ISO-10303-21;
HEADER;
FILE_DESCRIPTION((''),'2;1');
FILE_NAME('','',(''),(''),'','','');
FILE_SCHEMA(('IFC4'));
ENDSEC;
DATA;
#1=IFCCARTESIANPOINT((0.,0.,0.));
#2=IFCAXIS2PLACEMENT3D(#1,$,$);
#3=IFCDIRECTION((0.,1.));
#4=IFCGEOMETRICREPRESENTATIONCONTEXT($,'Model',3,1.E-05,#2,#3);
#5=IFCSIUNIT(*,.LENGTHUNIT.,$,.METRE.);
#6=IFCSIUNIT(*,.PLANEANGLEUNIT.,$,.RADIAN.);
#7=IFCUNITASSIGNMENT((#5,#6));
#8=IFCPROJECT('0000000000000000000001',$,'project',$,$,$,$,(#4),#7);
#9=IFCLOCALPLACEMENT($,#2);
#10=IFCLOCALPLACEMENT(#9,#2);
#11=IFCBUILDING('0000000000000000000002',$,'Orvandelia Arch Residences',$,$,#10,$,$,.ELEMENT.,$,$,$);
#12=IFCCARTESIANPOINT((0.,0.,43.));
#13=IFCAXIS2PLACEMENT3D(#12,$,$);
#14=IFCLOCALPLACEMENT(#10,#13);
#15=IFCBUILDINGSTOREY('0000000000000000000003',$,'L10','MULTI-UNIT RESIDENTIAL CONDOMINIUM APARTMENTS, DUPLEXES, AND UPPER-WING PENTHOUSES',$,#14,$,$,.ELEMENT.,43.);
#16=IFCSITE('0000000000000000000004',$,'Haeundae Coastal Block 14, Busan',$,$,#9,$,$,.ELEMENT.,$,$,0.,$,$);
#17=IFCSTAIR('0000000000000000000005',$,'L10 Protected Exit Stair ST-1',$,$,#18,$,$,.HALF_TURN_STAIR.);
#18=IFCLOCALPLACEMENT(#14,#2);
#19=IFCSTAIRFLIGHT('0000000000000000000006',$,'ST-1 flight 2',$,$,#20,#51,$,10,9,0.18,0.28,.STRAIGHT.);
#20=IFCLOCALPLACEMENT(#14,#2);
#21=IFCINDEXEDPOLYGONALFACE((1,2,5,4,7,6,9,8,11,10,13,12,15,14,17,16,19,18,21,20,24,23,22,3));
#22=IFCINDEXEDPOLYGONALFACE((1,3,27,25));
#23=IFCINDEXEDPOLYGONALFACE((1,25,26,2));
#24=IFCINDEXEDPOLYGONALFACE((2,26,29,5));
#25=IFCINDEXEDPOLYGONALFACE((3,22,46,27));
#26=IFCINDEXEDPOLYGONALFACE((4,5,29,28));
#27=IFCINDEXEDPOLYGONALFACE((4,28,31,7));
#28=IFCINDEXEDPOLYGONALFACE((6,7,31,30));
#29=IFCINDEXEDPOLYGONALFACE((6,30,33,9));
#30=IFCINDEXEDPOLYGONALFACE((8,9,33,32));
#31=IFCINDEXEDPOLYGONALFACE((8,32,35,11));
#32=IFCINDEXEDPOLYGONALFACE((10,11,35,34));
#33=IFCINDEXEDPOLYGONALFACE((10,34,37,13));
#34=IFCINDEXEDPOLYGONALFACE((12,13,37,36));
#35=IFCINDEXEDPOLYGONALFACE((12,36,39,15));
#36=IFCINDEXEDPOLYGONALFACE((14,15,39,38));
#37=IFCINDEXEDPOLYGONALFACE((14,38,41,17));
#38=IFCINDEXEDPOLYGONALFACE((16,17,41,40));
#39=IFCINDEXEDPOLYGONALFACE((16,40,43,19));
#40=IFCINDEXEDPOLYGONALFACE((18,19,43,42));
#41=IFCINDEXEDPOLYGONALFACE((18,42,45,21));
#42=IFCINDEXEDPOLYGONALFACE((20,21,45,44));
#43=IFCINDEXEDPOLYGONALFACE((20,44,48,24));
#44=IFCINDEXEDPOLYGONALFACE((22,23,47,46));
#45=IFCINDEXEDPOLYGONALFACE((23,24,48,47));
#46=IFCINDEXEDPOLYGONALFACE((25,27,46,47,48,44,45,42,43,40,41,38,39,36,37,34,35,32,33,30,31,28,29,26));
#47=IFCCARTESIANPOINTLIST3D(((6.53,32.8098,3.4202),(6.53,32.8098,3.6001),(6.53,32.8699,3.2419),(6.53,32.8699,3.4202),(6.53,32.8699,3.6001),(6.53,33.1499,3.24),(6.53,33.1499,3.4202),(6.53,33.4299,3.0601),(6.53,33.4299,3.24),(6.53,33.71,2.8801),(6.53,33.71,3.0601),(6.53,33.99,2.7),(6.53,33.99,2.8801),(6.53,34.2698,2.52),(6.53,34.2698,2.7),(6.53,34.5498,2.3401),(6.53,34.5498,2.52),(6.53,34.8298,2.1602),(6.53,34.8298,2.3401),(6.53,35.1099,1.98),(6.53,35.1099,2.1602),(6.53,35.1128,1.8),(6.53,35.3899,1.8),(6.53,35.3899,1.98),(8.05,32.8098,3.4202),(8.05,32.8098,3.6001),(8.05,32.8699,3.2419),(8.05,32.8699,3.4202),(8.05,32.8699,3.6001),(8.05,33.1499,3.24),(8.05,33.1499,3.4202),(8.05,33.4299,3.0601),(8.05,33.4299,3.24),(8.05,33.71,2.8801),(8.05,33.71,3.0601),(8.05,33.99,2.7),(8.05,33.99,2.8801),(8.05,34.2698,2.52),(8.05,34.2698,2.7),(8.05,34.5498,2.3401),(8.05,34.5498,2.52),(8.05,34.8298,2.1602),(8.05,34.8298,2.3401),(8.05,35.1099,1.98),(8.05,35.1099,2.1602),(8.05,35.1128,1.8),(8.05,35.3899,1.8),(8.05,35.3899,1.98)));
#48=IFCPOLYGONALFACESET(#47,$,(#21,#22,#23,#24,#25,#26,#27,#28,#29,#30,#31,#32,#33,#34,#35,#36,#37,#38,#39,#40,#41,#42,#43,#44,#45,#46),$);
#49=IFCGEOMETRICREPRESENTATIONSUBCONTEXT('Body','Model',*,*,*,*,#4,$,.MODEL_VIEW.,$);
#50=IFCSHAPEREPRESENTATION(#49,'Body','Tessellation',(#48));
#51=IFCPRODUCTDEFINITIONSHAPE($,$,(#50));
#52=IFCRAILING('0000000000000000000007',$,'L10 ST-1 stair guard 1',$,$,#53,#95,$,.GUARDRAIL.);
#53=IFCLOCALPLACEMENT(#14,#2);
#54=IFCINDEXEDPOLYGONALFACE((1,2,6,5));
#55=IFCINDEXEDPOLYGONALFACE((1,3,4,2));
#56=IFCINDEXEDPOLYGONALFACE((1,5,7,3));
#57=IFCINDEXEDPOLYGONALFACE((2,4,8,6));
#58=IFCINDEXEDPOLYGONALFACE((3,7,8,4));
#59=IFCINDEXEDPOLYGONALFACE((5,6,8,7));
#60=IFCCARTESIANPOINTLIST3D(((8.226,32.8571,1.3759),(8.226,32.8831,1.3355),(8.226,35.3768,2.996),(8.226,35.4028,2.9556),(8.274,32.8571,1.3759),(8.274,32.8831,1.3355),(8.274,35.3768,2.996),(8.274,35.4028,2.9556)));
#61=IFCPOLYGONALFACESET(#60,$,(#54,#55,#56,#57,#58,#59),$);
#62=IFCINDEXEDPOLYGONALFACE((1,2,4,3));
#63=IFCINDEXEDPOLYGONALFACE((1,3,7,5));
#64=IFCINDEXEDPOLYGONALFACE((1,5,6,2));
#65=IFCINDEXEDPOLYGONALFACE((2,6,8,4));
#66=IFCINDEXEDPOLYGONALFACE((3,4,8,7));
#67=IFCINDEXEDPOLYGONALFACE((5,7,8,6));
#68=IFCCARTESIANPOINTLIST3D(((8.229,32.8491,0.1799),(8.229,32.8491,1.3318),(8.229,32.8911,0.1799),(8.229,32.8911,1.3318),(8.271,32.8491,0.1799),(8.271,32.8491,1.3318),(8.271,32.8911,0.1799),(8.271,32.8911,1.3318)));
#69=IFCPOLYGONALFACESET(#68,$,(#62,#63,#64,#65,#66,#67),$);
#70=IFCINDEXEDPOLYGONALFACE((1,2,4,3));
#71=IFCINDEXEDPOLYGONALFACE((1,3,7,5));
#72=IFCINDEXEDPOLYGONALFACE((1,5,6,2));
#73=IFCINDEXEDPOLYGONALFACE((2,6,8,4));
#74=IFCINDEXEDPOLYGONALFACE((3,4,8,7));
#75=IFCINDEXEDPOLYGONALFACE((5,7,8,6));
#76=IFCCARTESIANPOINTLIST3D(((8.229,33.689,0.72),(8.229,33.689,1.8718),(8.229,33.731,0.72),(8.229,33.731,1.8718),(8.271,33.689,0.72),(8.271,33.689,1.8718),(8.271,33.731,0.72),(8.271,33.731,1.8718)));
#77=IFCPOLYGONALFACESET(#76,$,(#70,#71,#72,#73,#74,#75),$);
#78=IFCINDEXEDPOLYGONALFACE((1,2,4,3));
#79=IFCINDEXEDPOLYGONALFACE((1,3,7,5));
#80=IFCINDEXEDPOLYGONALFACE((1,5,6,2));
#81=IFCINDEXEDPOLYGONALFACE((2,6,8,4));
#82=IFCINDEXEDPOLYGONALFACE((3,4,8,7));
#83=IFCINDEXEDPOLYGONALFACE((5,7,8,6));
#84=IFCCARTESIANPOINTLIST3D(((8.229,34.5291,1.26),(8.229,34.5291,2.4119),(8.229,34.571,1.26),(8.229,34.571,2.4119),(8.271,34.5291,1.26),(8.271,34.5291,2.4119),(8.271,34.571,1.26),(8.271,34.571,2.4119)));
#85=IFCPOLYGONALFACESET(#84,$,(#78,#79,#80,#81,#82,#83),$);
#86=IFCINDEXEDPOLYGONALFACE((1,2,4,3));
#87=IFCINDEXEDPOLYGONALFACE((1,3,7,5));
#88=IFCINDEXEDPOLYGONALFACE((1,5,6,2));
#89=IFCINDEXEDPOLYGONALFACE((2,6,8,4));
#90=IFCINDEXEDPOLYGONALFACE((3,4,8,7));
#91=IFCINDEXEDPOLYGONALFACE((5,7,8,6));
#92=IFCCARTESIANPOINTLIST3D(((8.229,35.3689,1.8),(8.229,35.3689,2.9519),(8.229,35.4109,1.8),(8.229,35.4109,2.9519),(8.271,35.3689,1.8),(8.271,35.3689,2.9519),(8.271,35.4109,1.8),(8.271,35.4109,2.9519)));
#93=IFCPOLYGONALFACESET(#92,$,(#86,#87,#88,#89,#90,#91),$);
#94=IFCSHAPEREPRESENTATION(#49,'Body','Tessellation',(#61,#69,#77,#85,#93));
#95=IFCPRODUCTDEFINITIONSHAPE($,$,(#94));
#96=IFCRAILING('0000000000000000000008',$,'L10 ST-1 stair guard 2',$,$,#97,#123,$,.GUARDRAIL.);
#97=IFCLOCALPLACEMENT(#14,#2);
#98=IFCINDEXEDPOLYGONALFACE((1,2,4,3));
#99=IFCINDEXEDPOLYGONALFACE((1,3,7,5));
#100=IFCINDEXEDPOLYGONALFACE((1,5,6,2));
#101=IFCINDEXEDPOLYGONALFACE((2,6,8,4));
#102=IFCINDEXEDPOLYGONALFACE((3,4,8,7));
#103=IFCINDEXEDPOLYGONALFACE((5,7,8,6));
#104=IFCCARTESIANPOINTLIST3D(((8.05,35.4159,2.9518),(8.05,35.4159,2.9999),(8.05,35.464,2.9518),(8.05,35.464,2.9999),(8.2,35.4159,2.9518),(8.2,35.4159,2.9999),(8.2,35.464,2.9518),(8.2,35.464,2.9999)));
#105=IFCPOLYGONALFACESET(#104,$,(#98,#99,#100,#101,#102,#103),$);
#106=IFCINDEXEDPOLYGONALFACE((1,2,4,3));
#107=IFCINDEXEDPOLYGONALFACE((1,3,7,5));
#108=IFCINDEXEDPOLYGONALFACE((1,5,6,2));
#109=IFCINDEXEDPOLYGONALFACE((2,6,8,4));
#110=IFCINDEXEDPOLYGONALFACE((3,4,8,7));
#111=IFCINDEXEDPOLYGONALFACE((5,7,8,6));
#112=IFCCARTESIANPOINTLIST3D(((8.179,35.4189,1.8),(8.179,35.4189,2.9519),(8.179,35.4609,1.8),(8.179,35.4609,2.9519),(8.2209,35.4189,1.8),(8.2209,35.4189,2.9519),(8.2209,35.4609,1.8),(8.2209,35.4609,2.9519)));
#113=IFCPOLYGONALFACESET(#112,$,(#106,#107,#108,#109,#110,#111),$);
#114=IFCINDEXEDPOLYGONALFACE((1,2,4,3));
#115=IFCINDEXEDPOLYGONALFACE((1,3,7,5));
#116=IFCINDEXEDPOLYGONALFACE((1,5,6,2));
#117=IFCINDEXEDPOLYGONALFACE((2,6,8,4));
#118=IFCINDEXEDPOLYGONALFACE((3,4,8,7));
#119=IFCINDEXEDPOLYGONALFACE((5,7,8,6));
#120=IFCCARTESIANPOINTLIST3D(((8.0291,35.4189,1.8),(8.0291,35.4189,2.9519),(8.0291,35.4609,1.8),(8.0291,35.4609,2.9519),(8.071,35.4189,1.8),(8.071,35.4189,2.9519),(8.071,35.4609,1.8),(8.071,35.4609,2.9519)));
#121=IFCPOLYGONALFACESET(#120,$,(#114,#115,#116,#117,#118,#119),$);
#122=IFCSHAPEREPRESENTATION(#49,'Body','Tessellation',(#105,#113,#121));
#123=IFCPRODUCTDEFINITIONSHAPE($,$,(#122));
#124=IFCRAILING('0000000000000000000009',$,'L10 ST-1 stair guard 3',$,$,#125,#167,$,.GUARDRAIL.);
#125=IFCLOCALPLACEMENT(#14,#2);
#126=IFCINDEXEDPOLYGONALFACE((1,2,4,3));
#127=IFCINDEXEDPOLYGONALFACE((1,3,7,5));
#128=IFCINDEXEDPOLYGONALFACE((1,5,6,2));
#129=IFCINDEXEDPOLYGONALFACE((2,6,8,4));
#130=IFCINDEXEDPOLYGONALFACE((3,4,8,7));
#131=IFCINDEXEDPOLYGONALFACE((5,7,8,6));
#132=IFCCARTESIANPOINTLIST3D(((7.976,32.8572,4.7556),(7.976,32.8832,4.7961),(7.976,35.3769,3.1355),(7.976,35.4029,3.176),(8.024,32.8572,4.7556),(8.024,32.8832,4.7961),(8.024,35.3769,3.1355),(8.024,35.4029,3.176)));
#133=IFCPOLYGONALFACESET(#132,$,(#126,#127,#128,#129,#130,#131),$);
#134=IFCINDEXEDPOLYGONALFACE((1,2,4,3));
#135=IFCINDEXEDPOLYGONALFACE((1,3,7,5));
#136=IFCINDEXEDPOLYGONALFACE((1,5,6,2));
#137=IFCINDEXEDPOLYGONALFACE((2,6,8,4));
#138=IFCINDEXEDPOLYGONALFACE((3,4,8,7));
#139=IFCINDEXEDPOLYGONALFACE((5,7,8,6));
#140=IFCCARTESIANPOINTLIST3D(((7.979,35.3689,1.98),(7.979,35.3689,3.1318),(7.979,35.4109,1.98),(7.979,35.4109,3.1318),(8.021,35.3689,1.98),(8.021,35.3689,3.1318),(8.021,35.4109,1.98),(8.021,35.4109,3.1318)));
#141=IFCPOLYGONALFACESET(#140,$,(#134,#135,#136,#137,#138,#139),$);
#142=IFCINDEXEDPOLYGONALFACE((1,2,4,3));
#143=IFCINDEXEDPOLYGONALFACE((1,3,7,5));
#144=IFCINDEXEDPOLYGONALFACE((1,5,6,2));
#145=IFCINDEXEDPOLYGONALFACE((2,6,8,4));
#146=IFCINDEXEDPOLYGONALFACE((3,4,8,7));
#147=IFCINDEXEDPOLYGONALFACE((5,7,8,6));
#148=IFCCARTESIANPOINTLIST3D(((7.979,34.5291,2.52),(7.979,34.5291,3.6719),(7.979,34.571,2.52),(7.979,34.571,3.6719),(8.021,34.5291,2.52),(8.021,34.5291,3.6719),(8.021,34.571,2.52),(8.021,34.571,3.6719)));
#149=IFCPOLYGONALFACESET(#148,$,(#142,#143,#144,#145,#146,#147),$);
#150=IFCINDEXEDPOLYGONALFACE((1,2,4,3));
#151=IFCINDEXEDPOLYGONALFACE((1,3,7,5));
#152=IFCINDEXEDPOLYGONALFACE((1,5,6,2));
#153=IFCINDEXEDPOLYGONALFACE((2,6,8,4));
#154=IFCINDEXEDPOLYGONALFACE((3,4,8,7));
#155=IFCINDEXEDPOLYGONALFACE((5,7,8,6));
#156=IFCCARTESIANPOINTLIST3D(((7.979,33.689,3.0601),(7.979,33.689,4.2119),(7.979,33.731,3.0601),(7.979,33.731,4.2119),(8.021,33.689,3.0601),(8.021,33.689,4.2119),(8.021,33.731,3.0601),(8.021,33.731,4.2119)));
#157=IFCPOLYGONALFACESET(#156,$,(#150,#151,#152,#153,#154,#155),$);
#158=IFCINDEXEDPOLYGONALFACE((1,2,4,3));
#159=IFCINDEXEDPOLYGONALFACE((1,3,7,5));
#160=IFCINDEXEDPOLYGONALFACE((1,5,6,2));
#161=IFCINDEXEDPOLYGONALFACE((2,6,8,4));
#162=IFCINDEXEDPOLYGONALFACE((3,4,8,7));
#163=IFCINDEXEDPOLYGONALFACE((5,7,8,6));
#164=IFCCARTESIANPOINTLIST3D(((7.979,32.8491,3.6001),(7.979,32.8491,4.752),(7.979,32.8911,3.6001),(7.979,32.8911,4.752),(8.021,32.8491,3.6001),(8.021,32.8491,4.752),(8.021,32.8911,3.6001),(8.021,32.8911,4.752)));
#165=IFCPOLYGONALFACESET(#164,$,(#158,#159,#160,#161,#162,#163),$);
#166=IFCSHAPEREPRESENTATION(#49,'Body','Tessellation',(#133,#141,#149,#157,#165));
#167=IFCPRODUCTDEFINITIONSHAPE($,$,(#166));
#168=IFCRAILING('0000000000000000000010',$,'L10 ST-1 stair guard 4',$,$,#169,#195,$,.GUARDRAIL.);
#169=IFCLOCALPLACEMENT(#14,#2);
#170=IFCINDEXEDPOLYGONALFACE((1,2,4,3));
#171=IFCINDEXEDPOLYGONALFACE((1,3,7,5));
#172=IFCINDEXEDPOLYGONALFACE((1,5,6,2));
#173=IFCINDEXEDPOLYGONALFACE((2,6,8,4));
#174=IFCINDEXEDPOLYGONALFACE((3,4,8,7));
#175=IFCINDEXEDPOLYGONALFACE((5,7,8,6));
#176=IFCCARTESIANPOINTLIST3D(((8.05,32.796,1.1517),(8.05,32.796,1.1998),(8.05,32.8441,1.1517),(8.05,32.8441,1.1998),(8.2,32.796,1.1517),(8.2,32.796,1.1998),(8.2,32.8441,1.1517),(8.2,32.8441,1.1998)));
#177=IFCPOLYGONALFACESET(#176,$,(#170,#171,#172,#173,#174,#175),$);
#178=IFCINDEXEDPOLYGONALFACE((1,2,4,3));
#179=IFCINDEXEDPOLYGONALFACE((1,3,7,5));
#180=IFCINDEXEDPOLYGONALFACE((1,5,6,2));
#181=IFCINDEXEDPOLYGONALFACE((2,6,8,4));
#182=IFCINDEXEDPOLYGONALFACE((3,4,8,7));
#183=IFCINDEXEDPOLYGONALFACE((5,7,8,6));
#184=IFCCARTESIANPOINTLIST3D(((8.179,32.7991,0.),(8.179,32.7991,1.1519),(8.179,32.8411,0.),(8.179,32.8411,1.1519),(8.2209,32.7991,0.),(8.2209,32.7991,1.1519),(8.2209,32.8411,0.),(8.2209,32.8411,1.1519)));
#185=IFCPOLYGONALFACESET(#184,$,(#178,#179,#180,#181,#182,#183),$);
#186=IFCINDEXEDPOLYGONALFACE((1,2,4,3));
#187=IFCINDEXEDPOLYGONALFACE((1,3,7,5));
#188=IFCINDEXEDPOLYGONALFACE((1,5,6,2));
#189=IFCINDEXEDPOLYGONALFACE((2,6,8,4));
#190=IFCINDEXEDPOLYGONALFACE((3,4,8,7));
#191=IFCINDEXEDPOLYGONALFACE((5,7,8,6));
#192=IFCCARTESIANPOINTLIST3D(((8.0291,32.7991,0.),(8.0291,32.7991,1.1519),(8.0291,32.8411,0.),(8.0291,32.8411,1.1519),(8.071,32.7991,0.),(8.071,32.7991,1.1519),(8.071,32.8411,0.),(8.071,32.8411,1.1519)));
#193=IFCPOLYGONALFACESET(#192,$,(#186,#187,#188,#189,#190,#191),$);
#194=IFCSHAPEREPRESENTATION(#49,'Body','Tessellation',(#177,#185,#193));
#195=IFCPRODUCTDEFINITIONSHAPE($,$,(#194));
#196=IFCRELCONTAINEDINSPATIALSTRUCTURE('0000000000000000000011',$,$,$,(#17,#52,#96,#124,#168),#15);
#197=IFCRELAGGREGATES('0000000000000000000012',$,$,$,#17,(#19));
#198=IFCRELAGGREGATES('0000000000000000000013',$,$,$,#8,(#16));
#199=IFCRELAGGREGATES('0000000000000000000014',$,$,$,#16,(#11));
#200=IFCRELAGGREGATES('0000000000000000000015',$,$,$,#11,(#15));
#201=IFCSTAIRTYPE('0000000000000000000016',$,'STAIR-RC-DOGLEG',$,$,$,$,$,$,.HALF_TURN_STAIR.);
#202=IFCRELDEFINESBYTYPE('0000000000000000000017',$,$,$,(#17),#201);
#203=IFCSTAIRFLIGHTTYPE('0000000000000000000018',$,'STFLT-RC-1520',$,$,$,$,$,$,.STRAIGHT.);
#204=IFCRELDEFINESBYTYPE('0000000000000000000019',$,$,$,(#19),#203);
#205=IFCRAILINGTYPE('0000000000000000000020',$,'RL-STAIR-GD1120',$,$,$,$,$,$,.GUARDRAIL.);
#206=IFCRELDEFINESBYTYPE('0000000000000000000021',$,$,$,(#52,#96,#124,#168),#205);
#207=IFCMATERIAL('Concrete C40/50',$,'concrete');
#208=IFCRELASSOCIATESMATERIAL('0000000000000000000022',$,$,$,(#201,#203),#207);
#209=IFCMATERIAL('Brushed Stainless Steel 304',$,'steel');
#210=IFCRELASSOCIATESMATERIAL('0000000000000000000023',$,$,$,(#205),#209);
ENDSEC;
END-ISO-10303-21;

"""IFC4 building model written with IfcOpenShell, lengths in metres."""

from ifc_helpers import new_model, si_unit, direction, frame, origin, origin_2d, place, context, subcontext, project, spatial, polyline, rectangle, outline, extrude, material, type_object, element, aggregate, save


model = new_model("IFC4")

# Units and contexts
model_context = context("Model", 3, precision=1e-05, world=origin(), true_north=direction((0.0, 1.0)))
body_context = subcontext(model_context, "Body", "Model", "MODEL_VIEW")
ifc_project = project(units=[si_unit("LENGTHUNIT", "METRE"), si_unit("PLANEANGLEUNIT", "RADIAN")], contexts=[model_context])

# Site, building, storey
site_placement = place(None, origin())
site = spatial("IfcSite", under=ifc_project, at=site_placement, Name="Haeundae Coastal Block 14, Busan", CompositionType="ELEMENT", RefElevation=0.0)
building_placement = place(site_placement, origin())
building = spatial("IfcBuilding", under=site, at=building_placement, Name="Orvandelia Arch Residences", CompositionType="ELEMENT")
storey_placement = place(building_placement, frame((0.0, 0.0, 43.0)))
storey = spatial("IfcBuildingStorey", under=building, at=storey_placement, Name="L10", Description="MULTI-UNIT RESIDENTIAL CONDOMINIUM APARTMENTS, DUPLEXES, AND UPPER-WING PENTHOUSES", CompositionType="ELEMENT", Elevation=43.0)

# Stair, stair flight
ifc_material_1 = material(Name="Concrete C40/50", Category="concrete")
stair_type = type_object("IfcStairType", Name="STAIR-RC-DOGLEG", PredefinedType="HALF_TURN_STAIR", material=ifc_material_1)
stair_placement = place(storey_placement, origin())
stair = element("IfcStair", 1, at=stair_placement, inside=storey, type_object=stair_type, Name="L10 Protected Exit Stair ST-1", PredefinedType="HALF_TURN_STAIR")
stair_flight_type = type_object("IfcStairFlightType", Name="STFLT-RC-1520", PredefinedType="STRAIGHT", material=ifc_material_1)
stair_flight_1_placement = place(storey_placement, frame((7.29, 35.3899, 1.8), z_axis=(0.0, 0.0, 1.0), x_axis=(0.0, -1.0, 0.0)))
stair_flight_1 = element("IfcStairFlight", 2, at=stair_flight_1_placement, type_object=stair_flight_type, Name="ST-1 flight 2", NumberOfRisers=10, NumberOfTreads=9, PredefinedType="STRAIGHT", RiserHeight=0.18, TreadLength=0.28, context=body_context, shape_type="SweptSolid", body=[
    extrude(outline(polyline([(0.0, 0.0), (0.0, 0.1799), (0.28, 0.1799), (0.28, 0.3601), (0.5601, 0.3601), (0.5601, 0.54), (0.8401, 0.54), (0.8401, 0.72), (1.1201, 0.72), (1.1201, 0.8999), (1.3999, 0.8999), (1.3999, 1.0801), (1.6799, 1.0801), (1.6799, 1.26), (1.96, 1.26), (1.96, 1.4399), (2.24, 1.4399), (2.24, 1.6201), (2.52, 1.6201), (2.52, 1.8), (2.5801, 1.8), (2.5801, 1.6201), (2.52, 1.4419), (0.2771, 0.0), (0.0, 0.0)])), frame((0.0, 0.76, 0.0), z_axis=(0.0, -1.0, 0.0), x_axis=(1.0, 0.0, 0.0)), (0.0, 0.0, 1.0), 1.52),
])
aggregate(stair, [stair_flight_1])

# Railings
ifc_material_2 = material(Name="Brushed Stainless Steel 304", Category="steel")
railing_type_1 = type_object("IfcRailingType", Name="RL-STAIR-GD1120", PredefinedType="GUARDRAIL", material=ifc_material_2)
railing_1_placement = place(storey_placement, frame((8.25, 32.8701, 0.1799)))
element("IfcRailing", 3, at=railing_1_placement, inside=storey, type_object=railing_type_1, Name="L10 ST-1 stair guard 1", PredefinedType="GUARDRAIL", context=body_context, shape_type="SweptSolid", body=[
    extrude(rectangle(XDim=0.0481, YDim=0.0481, at=origin_2d()), frame((0.0, 0.0, 1.1758), z_axis=(0.0, 0.841139, 0.540819), x_axis=(-1.0, 0.0, 0.0)), (0.0, 0.0, 1.0), 2.9956),
    extrude(rectangle(XDim=0.042, YDim=0.042, at=origin_2d()), origin(), (0.0, 0.0, 1.0), 1.1519),
    extrude(rectangle(XDim=0.042, YDim=0.042, at=origin_2d()), frame((0.0, 0.8398, 0.54)), (0.0, 0.0, 1.0), 1.1519),
    extrude(rectangle(XDim=0.042, YDim=0.042, at=origin_2d()), frame((0.0, 1.6799, 1.0801)), (0.0, 0.0, 1.0), 1.1519),
    extrude(rectangle(XDim=0.042, YDim=0.042, at=origin_2d()), frame((0.0, 2.5198, 1.6201)), (0.0, 0.0, 1.0), 1.1519),
])
railing_2_placement = place(storey_placement, frame((8.2, 35.4399, 1.8)))
element("IfcRailing", 4, at=railing_2_placement, inside=storey, type_object=railing_type_1, Name="L10 ST-1 stair guard 2", PredefinedType="GUARDRAIL", context=body_context, shape_type="SweptSolid", body=[
    extrude(rectangle(XDim=0.0481, YDim=0.0481, at=origin_2d()), frame((0.0, 0.0, 1.1758), z_axis=(-1.0, 0.0, 0.0), x_axis=(0.0, -1.0, 0.0)), (0.0, 0.0, 1.0), 0.1499),
    extrude(rectangle(XDim=0.042, YDim=0.042, at=origin_2d()), origin(), (0.0, 0.0, 1.0), 1.1519),
    extrude(rectangle(XDim=0.042, YDim=0.042, at=origin_2d()), frame((-0.1499, 0.0, 0.0)), (0.0, 0.0, 1.0), 1.1519),
])
railing_3_placement = place(storey_placement, frame((8.0, 35.3899, 1.98)))
element("IfcRailing", 5, at=railing_3_placement, inside=storey, type_object=railing_type_1, Name="L10 ST-1 stair guard 3", PredefinedType="GUARDRAIL", context=body_context, shape_type="SweptSolid", body=[
    extrude(rectangle(XDim=0.0481, YDim=0.0481, at=origin_2d()), frame((0.0, 0.0, 1.1758), z_axis=(0.0, -0.841139, 0.540819), x_axis=(1.0, 0.0, 0.0)), (0.0, 0.0, 1.0), 2.9956),
    extrude(rectangle(XDim=0.042, YDim=0.042, at=origin_2d()), origin(), (0.0, 0.0, 1.0), 1.1519),
    extrude(rectangle(XDim=0.042, YDim=0.042, at=origin_2d()), frame((0.0, -0.8398, 0.54)), (0.0, 0.0, 1.0), 1.1519),
    extrude(rectangle(XDim=0.042, YDim=0.042, at=origin_2d()), frame((0.0, -1.6799, 1.0801)), (0.0, 0.0, 1.0), 1.1519),
    extrude(rectangle(XDim=0.042, YDim=0.042, at=origin_2d()), frame((0.0, -2.5198, 1.6201)), (0.0, 0.0, 1.0), 1.1519),
])
railing_4_placement = place(storey_placement, frame((8.2, 32.8201, 0.0)))
element("IfcRailing", 6, at=railing_4_placement, inside=storey, type_object=railing_type_1, Name="L10 ST-1 stair guard 4", PredefinedType="GUARDRAIL", context=body_context, shape_type="SweptSolid", body=[
    extrude(rectangle(XDim=0.0481, YDim=0.0481, at=origin_2d()), frame((0.0, 0.0, 1.1758), z_axis=(-1.0, 0.0, 0.0), x_axis=(0.0, -1.0, 0.0)), (0.0, 0.0, 1.0), 0.1499),
    extrude(rectangle(XDim=0.042, YDim=0.042, at=origin_2d()), origin(), (0.0, 0.0, 1.0), 1.1519),
    extrude(rectangle(XDim=0.042, YDim=0.042, at=origin_2d()), frame((-0.1499, 0.0, 0.0)), (0.0, 0.0, 1.0), 1.1519),
])

save(model, "model.ifc")
